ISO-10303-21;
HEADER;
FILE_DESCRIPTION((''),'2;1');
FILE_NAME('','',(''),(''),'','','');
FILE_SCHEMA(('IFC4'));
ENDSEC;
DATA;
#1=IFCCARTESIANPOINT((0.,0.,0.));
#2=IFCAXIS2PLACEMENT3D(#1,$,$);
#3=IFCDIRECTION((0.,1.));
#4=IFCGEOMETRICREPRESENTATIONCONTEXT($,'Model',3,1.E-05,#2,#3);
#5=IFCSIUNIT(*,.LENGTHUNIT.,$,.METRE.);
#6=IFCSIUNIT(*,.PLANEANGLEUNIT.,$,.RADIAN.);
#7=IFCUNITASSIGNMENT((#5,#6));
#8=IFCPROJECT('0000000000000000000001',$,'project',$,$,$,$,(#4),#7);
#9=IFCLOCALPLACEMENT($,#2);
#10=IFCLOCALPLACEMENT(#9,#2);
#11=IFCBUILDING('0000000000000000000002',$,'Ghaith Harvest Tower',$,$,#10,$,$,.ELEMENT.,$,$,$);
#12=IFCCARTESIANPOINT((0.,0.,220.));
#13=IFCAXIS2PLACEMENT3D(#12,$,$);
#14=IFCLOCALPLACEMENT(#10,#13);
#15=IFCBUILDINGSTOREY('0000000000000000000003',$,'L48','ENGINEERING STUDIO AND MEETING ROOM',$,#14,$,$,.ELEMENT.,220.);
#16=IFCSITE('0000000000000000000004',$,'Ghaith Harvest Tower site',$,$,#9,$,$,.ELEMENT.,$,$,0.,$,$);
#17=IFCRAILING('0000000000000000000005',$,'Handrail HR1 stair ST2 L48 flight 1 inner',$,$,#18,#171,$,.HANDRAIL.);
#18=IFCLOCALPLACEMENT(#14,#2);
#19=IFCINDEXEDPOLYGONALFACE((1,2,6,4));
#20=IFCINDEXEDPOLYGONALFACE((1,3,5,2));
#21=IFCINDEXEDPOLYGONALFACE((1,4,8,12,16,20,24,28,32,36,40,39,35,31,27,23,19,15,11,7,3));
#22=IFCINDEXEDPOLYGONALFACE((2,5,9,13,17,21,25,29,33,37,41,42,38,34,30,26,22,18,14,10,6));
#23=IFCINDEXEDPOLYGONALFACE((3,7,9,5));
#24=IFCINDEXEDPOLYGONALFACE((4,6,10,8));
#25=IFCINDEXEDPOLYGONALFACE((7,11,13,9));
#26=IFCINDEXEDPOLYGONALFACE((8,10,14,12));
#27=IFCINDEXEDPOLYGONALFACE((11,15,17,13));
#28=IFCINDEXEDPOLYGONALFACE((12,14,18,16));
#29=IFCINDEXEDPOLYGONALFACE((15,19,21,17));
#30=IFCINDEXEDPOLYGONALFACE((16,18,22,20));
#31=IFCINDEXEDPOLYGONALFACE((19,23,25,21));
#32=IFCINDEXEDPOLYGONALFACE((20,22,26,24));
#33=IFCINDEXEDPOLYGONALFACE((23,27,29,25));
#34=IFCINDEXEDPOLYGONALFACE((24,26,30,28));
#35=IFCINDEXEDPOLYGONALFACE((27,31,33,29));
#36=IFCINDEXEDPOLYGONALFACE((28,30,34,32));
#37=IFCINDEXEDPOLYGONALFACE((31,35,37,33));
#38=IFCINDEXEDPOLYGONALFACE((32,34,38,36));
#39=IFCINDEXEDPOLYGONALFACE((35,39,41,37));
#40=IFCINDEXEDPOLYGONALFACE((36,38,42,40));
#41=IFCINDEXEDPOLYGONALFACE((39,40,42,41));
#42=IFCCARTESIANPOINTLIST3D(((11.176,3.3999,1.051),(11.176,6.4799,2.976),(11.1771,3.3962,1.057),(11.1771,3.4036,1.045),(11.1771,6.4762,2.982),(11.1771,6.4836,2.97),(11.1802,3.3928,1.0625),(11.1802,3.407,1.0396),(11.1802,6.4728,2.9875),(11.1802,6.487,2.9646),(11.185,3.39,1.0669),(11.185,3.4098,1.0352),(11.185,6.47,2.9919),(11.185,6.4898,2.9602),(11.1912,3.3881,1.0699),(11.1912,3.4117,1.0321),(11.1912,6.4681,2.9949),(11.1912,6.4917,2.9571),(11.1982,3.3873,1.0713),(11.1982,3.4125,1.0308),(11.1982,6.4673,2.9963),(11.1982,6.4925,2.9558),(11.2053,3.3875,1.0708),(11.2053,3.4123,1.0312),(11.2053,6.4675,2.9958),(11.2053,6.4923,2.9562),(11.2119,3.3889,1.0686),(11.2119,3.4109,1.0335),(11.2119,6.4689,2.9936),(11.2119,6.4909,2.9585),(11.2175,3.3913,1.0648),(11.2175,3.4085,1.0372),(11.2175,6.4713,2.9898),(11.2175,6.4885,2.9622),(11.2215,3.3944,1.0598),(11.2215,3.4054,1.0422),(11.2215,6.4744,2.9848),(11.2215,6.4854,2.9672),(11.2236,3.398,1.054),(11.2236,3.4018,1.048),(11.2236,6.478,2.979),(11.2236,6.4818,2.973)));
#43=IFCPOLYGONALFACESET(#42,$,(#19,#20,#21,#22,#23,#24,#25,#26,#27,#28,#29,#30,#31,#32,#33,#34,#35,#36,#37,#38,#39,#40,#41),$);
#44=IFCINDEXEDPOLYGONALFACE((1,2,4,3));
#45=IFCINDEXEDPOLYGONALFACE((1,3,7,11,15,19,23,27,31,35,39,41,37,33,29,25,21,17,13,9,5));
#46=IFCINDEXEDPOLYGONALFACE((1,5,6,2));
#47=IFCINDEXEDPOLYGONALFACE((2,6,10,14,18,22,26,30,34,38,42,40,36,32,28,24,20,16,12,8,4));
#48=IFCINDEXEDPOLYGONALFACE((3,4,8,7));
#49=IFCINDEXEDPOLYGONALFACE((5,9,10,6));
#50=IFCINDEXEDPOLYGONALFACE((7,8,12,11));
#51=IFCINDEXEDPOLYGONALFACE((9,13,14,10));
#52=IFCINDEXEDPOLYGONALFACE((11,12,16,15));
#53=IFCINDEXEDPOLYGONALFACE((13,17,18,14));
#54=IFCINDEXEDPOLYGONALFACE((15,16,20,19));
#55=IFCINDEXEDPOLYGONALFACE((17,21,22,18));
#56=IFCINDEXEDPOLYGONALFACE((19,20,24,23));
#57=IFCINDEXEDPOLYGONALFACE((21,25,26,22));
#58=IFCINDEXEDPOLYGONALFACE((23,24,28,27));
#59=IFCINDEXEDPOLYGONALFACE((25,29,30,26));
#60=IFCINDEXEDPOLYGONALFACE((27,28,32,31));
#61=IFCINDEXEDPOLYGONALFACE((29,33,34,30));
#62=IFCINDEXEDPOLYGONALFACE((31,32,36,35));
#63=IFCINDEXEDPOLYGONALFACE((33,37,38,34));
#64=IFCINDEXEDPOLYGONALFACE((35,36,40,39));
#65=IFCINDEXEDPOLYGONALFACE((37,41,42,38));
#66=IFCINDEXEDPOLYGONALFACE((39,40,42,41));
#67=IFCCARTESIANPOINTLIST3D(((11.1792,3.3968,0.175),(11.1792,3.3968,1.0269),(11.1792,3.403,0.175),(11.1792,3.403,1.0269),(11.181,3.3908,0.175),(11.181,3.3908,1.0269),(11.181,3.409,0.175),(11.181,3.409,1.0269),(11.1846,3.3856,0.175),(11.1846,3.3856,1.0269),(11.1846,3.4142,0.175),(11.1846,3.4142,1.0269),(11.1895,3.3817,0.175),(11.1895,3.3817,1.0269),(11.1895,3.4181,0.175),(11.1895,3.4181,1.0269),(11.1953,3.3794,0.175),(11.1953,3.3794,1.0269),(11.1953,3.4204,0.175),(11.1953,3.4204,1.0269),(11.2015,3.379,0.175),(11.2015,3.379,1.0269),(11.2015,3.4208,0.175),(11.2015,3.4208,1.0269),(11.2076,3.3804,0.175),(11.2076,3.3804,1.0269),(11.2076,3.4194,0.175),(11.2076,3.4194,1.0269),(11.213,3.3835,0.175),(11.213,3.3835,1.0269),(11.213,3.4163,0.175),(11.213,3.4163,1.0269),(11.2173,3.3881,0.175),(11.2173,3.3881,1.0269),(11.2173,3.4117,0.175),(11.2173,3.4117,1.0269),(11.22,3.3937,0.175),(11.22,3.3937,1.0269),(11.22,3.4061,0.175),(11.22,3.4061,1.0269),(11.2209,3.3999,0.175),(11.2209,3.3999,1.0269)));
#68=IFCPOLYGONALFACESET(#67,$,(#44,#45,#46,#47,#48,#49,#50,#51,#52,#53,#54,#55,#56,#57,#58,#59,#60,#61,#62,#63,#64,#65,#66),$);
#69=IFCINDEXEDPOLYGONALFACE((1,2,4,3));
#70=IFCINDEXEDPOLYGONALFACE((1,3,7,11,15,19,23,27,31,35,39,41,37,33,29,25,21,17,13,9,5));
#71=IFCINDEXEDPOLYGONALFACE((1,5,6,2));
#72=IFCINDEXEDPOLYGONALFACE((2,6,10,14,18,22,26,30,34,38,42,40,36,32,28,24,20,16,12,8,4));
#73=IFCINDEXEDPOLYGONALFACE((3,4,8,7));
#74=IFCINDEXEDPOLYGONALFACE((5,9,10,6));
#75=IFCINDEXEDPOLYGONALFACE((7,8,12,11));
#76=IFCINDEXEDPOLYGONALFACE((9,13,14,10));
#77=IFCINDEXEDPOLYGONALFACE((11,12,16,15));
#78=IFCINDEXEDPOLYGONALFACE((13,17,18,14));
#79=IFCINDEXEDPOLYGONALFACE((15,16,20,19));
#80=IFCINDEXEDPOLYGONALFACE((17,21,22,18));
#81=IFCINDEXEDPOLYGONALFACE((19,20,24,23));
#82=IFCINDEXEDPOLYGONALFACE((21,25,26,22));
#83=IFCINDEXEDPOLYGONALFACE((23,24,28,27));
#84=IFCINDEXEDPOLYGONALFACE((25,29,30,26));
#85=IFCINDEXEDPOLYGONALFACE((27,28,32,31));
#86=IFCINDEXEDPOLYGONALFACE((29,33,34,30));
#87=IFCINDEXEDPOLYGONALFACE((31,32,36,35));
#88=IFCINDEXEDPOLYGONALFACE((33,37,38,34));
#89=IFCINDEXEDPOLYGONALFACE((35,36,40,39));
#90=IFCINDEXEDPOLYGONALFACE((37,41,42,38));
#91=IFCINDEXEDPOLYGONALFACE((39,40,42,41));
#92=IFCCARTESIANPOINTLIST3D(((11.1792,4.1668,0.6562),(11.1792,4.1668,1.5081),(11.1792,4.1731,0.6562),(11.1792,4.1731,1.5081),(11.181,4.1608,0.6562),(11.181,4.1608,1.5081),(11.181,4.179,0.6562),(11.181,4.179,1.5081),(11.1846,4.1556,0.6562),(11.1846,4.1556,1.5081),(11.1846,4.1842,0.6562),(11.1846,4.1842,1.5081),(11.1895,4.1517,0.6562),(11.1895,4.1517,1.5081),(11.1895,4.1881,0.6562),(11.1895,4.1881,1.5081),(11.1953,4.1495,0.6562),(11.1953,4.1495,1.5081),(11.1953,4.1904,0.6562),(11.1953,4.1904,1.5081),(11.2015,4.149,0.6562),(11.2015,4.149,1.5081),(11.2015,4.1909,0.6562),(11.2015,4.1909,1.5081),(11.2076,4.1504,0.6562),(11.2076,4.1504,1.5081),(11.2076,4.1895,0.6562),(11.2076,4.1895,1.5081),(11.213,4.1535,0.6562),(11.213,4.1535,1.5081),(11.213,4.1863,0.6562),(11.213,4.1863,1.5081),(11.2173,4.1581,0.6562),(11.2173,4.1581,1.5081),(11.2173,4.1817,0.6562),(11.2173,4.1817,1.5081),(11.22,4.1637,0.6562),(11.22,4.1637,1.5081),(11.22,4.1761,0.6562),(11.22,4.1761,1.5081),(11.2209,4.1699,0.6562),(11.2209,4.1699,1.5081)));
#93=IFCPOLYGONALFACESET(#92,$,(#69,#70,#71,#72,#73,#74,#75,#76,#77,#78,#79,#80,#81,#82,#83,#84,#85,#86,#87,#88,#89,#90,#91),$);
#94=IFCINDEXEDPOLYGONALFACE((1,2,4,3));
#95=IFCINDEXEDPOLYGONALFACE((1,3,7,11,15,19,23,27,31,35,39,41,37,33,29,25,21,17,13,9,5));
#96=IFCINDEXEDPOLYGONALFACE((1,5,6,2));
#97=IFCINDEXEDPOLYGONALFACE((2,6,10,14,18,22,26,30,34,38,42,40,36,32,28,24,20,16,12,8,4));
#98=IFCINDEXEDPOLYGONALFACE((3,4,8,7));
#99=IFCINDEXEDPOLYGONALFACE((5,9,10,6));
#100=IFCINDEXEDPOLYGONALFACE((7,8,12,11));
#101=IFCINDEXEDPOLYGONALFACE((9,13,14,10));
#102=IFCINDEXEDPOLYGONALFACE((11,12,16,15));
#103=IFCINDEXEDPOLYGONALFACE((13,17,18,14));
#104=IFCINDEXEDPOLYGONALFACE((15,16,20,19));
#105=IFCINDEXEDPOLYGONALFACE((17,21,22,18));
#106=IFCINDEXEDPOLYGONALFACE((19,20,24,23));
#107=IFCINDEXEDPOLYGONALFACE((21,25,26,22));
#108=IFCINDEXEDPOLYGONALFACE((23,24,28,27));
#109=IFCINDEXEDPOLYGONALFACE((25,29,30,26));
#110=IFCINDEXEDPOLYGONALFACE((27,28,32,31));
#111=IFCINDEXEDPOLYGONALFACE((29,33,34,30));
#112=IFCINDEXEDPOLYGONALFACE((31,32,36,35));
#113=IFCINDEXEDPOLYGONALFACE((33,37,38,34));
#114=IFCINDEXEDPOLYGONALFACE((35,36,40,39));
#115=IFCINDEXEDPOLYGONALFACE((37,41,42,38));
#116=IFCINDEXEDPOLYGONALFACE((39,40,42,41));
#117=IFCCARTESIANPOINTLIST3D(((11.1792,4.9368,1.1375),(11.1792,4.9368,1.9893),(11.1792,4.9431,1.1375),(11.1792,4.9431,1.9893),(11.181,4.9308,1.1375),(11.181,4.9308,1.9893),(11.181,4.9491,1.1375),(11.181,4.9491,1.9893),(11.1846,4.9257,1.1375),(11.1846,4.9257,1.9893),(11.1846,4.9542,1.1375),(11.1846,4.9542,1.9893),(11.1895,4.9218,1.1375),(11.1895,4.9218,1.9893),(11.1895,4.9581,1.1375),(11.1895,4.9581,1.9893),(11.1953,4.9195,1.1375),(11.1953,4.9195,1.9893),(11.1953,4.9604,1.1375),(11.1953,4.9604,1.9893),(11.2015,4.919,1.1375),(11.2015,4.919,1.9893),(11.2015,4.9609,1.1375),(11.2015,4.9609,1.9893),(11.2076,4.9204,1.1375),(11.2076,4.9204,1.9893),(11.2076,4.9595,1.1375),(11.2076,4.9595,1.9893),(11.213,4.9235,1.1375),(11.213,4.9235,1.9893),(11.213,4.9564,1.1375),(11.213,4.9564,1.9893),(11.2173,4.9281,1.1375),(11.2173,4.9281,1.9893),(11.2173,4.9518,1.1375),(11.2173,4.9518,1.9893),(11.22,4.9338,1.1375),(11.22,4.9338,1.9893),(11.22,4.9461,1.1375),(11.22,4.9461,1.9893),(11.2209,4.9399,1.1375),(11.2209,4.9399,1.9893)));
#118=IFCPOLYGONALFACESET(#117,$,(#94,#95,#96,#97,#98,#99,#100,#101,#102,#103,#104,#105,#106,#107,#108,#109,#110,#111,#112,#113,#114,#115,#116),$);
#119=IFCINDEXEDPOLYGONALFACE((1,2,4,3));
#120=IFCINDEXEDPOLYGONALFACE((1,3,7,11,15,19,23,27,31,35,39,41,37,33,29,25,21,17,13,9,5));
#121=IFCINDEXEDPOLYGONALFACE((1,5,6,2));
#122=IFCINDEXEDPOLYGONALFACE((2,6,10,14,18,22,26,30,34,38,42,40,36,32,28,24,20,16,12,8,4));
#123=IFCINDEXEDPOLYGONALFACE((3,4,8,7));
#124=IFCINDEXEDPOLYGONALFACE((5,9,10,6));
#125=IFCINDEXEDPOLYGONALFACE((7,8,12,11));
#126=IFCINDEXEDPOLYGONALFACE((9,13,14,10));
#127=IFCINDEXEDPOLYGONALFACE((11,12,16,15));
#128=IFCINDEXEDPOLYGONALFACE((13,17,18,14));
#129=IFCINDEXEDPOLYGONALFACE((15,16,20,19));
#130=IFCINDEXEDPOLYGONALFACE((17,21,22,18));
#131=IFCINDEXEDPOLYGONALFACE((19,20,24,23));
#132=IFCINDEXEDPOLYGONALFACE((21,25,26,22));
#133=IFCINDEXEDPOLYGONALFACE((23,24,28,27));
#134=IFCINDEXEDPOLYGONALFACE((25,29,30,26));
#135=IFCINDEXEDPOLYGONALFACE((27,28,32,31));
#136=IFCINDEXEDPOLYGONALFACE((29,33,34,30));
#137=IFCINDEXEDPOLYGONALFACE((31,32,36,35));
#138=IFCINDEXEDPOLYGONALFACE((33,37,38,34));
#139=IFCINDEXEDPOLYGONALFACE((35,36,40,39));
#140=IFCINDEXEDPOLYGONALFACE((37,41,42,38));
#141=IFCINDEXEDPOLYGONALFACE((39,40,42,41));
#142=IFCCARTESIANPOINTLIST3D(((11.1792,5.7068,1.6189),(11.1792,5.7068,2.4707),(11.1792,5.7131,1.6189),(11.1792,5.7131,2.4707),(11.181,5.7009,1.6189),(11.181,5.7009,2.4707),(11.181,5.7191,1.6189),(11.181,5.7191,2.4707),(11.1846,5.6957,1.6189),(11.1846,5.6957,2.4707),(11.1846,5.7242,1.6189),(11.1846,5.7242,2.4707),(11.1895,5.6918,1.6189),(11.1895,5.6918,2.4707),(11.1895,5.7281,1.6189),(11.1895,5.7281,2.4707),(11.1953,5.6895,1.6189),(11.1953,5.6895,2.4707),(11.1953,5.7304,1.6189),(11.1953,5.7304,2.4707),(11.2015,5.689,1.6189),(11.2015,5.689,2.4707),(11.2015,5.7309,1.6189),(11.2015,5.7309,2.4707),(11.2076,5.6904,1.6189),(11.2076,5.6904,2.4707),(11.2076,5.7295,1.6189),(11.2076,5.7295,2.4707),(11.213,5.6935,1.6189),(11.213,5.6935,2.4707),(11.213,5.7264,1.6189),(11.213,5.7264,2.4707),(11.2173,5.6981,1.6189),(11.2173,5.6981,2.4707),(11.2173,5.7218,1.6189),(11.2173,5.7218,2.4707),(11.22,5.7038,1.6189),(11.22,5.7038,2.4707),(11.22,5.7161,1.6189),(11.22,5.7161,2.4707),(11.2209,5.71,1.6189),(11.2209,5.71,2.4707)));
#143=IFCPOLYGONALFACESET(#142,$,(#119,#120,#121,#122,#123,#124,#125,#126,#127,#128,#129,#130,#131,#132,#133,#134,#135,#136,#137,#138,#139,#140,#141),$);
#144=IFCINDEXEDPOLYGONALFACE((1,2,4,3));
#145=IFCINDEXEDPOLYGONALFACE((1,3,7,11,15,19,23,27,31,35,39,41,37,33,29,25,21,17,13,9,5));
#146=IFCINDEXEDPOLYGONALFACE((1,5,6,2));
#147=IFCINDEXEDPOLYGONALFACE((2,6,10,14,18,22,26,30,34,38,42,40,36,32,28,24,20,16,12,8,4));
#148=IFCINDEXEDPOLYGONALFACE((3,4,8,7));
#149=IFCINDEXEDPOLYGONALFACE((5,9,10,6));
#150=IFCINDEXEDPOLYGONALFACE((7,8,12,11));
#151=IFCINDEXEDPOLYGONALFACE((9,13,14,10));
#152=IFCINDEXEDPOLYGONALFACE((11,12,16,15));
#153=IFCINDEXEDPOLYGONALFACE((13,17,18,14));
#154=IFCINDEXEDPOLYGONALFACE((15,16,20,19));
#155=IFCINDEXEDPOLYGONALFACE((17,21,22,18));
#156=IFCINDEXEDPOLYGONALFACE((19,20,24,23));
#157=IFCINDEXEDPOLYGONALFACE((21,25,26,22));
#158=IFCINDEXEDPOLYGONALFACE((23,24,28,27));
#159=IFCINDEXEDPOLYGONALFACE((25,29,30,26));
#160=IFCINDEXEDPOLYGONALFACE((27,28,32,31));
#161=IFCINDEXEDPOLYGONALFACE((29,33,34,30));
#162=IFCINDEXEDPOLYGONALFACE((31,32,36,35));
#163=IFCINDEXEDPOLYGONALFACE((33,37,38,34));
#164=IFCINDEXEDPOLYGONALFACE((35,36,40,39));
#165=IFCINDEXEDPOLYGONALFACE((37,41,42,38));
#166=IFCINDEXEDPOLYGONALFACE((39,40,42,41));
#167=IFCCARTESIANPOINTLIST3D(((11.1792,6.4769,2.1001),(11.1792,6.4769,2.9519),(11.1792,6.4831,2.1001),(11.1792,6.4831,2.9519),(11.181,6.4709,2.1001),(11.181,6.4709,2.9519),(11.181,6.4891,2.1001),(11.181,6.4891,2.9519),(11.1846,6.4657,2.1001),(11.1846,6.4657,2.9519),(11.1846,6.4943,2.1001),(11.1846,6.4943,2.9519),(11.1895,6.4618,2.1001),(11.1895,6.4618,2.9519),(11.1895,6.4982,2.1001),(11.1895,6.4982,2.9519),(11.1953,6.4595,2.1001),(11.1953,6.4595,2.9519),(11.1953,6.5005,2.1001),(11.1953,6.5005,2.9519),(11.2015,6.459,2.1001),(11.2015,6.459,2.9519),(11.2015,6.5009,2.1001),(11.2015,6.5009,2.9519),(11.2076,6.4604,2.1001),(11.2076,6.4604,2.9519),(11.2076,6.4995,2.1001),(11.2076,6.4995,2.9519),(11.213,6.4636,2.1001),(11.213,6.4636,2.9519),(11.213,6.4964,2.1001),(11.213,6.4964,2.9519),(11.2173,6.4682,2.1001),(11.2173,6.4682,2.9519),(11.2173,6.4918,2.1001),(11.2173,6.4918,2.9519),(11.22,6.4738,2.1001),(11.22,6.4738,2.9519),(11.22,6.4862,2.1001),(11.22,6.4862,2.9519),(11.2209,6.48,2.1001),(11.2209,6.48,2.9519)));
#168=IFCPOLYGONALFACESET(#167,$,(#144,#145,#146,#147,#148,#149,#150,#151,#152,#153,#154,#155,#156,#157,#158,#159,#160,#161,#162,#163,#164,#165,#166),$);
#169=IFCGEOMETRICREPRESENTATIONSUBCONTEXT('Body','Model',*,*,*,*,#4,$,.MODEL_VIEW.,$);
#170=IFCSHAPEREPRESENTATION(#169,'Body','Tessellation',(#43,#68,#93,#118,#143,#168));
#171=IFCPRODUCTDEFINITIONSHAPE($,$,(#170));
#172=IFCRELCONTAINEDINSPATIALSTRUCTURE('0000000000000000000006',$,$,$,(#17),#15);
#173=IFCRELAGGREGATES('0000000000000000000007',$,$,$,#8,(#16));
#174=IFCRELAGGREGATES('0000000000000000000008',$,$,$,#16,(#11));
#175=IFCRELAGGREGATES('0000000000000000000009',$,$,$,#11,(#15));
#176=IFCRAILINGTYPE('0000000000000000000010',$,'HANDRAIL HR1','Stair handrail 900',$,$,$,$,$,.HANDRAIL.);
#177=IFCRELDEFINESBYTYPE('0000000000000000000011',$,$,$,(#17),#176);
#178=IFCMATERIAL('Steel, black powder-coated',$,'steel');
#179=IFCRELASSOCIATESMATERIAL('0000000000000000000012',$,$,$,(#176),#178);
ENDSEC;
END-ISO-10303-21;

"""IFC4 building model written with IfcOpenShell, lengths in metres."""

from ifc_helpers import new_model, si_unit, direction, frame, origin, origin_2d, place, context, subcontext, project, spatial, circle, extrude, material, type_object, element, save


model = new_model("IFC4")

# Units and contexts
model_context = context("Model", 3, precision=1e-05, world=origin(), true_north=direction((0.0, 1.0)))
body_context = subcontext(model_context, "Body", "Model", "MODEL_VIEW")
ifc_project = project(units=[si_unit("LENGTHUNIT", "METRE"), si_unit("PLANEANGLEUNIT", "RADIAN")], contexts=[model_context])

# Site, building, storey
site_placement = place(None, origin())
site = spatial("IfcSite", under=ifc_project, at=site_placement, Name="Ghaith Harvest Tower site", CompositionType="ELEMENT", RefElevation=0.0)
building_placement = place(site_placement, origin())
building = spatial("IfcBuilding", under=site, at=building_placement, Name="Ghaith Harvest Tower", CompositionType="ELEMENT")
storey_placement = place(building_placement, frame((0.0, 0.0, 220.0)))
storey = spatial("IfcBuildingStorey", under=building, at=storey_placement, Name="L48", Description="ENGINEERING STUDIO AND MEETING ROOM", CompositionType="ELEMENT", Elevation=220.0)

# Railing
ifc_material_1 = material(Name="Steel, black powder-coated", Category="steel")
railing_type = type_object("IfcRailingType", Name="HANDRAIL HR1", Description="Stair handrail 900", PredefinedType="HANDRAIL", material=ifc_material_1)
railing_1_placement = place(storey_placement, frame((11.2, 3.3999, 0.175)))
element("IfcRailing", 1, at=railing_1_placement, inside=storey, type_object=railing_type, Name="Handrail HR1 stair ST2 L48 flight 1 inner", PredefinedType="HANDRAIL", context=body_context, shape_type="SweptSolid", body=[
    extrude(circle(Radius=0.0239, at=origin_2d()), frame((0.0, 0.0, 0.876), z_axis=(0.0, 0.847998, 0.529999), x_axis=(-1.0, 0.0, 0.0)), (0.0, 0.0, 1.0), 3.6321),
    extrude(circle(Radius=0.021, at=origin_2d()), origin(), (0.0, 0.0, 1.0), 0.8518),
    extrude(circle(Radius=0.021, at=origin_2d()), frame((0.0, 0.77, 0.4812)), (0.0, 0.0, 1.0), 0.8518),
    extrude(circle(Radius=0.021, at=origin_2d()), frame((0.0, 1.54, 0.9624)), (0.0, 0.0, 1.0), 0.8518),
    extrude(circle(Radius=0.021, at=origin_2d()), frame((0.0, 2.3101, 1.4438)), (0.0, 0.0, 1.0), 0.8518),
    extrude(circle(Radius=0.021, at=origin_2d()), frame((0.0, 3.0801, 1.925)), (0.0, 0.0, 1.0), 0.8518),
])

save(model, "model.ifc")
